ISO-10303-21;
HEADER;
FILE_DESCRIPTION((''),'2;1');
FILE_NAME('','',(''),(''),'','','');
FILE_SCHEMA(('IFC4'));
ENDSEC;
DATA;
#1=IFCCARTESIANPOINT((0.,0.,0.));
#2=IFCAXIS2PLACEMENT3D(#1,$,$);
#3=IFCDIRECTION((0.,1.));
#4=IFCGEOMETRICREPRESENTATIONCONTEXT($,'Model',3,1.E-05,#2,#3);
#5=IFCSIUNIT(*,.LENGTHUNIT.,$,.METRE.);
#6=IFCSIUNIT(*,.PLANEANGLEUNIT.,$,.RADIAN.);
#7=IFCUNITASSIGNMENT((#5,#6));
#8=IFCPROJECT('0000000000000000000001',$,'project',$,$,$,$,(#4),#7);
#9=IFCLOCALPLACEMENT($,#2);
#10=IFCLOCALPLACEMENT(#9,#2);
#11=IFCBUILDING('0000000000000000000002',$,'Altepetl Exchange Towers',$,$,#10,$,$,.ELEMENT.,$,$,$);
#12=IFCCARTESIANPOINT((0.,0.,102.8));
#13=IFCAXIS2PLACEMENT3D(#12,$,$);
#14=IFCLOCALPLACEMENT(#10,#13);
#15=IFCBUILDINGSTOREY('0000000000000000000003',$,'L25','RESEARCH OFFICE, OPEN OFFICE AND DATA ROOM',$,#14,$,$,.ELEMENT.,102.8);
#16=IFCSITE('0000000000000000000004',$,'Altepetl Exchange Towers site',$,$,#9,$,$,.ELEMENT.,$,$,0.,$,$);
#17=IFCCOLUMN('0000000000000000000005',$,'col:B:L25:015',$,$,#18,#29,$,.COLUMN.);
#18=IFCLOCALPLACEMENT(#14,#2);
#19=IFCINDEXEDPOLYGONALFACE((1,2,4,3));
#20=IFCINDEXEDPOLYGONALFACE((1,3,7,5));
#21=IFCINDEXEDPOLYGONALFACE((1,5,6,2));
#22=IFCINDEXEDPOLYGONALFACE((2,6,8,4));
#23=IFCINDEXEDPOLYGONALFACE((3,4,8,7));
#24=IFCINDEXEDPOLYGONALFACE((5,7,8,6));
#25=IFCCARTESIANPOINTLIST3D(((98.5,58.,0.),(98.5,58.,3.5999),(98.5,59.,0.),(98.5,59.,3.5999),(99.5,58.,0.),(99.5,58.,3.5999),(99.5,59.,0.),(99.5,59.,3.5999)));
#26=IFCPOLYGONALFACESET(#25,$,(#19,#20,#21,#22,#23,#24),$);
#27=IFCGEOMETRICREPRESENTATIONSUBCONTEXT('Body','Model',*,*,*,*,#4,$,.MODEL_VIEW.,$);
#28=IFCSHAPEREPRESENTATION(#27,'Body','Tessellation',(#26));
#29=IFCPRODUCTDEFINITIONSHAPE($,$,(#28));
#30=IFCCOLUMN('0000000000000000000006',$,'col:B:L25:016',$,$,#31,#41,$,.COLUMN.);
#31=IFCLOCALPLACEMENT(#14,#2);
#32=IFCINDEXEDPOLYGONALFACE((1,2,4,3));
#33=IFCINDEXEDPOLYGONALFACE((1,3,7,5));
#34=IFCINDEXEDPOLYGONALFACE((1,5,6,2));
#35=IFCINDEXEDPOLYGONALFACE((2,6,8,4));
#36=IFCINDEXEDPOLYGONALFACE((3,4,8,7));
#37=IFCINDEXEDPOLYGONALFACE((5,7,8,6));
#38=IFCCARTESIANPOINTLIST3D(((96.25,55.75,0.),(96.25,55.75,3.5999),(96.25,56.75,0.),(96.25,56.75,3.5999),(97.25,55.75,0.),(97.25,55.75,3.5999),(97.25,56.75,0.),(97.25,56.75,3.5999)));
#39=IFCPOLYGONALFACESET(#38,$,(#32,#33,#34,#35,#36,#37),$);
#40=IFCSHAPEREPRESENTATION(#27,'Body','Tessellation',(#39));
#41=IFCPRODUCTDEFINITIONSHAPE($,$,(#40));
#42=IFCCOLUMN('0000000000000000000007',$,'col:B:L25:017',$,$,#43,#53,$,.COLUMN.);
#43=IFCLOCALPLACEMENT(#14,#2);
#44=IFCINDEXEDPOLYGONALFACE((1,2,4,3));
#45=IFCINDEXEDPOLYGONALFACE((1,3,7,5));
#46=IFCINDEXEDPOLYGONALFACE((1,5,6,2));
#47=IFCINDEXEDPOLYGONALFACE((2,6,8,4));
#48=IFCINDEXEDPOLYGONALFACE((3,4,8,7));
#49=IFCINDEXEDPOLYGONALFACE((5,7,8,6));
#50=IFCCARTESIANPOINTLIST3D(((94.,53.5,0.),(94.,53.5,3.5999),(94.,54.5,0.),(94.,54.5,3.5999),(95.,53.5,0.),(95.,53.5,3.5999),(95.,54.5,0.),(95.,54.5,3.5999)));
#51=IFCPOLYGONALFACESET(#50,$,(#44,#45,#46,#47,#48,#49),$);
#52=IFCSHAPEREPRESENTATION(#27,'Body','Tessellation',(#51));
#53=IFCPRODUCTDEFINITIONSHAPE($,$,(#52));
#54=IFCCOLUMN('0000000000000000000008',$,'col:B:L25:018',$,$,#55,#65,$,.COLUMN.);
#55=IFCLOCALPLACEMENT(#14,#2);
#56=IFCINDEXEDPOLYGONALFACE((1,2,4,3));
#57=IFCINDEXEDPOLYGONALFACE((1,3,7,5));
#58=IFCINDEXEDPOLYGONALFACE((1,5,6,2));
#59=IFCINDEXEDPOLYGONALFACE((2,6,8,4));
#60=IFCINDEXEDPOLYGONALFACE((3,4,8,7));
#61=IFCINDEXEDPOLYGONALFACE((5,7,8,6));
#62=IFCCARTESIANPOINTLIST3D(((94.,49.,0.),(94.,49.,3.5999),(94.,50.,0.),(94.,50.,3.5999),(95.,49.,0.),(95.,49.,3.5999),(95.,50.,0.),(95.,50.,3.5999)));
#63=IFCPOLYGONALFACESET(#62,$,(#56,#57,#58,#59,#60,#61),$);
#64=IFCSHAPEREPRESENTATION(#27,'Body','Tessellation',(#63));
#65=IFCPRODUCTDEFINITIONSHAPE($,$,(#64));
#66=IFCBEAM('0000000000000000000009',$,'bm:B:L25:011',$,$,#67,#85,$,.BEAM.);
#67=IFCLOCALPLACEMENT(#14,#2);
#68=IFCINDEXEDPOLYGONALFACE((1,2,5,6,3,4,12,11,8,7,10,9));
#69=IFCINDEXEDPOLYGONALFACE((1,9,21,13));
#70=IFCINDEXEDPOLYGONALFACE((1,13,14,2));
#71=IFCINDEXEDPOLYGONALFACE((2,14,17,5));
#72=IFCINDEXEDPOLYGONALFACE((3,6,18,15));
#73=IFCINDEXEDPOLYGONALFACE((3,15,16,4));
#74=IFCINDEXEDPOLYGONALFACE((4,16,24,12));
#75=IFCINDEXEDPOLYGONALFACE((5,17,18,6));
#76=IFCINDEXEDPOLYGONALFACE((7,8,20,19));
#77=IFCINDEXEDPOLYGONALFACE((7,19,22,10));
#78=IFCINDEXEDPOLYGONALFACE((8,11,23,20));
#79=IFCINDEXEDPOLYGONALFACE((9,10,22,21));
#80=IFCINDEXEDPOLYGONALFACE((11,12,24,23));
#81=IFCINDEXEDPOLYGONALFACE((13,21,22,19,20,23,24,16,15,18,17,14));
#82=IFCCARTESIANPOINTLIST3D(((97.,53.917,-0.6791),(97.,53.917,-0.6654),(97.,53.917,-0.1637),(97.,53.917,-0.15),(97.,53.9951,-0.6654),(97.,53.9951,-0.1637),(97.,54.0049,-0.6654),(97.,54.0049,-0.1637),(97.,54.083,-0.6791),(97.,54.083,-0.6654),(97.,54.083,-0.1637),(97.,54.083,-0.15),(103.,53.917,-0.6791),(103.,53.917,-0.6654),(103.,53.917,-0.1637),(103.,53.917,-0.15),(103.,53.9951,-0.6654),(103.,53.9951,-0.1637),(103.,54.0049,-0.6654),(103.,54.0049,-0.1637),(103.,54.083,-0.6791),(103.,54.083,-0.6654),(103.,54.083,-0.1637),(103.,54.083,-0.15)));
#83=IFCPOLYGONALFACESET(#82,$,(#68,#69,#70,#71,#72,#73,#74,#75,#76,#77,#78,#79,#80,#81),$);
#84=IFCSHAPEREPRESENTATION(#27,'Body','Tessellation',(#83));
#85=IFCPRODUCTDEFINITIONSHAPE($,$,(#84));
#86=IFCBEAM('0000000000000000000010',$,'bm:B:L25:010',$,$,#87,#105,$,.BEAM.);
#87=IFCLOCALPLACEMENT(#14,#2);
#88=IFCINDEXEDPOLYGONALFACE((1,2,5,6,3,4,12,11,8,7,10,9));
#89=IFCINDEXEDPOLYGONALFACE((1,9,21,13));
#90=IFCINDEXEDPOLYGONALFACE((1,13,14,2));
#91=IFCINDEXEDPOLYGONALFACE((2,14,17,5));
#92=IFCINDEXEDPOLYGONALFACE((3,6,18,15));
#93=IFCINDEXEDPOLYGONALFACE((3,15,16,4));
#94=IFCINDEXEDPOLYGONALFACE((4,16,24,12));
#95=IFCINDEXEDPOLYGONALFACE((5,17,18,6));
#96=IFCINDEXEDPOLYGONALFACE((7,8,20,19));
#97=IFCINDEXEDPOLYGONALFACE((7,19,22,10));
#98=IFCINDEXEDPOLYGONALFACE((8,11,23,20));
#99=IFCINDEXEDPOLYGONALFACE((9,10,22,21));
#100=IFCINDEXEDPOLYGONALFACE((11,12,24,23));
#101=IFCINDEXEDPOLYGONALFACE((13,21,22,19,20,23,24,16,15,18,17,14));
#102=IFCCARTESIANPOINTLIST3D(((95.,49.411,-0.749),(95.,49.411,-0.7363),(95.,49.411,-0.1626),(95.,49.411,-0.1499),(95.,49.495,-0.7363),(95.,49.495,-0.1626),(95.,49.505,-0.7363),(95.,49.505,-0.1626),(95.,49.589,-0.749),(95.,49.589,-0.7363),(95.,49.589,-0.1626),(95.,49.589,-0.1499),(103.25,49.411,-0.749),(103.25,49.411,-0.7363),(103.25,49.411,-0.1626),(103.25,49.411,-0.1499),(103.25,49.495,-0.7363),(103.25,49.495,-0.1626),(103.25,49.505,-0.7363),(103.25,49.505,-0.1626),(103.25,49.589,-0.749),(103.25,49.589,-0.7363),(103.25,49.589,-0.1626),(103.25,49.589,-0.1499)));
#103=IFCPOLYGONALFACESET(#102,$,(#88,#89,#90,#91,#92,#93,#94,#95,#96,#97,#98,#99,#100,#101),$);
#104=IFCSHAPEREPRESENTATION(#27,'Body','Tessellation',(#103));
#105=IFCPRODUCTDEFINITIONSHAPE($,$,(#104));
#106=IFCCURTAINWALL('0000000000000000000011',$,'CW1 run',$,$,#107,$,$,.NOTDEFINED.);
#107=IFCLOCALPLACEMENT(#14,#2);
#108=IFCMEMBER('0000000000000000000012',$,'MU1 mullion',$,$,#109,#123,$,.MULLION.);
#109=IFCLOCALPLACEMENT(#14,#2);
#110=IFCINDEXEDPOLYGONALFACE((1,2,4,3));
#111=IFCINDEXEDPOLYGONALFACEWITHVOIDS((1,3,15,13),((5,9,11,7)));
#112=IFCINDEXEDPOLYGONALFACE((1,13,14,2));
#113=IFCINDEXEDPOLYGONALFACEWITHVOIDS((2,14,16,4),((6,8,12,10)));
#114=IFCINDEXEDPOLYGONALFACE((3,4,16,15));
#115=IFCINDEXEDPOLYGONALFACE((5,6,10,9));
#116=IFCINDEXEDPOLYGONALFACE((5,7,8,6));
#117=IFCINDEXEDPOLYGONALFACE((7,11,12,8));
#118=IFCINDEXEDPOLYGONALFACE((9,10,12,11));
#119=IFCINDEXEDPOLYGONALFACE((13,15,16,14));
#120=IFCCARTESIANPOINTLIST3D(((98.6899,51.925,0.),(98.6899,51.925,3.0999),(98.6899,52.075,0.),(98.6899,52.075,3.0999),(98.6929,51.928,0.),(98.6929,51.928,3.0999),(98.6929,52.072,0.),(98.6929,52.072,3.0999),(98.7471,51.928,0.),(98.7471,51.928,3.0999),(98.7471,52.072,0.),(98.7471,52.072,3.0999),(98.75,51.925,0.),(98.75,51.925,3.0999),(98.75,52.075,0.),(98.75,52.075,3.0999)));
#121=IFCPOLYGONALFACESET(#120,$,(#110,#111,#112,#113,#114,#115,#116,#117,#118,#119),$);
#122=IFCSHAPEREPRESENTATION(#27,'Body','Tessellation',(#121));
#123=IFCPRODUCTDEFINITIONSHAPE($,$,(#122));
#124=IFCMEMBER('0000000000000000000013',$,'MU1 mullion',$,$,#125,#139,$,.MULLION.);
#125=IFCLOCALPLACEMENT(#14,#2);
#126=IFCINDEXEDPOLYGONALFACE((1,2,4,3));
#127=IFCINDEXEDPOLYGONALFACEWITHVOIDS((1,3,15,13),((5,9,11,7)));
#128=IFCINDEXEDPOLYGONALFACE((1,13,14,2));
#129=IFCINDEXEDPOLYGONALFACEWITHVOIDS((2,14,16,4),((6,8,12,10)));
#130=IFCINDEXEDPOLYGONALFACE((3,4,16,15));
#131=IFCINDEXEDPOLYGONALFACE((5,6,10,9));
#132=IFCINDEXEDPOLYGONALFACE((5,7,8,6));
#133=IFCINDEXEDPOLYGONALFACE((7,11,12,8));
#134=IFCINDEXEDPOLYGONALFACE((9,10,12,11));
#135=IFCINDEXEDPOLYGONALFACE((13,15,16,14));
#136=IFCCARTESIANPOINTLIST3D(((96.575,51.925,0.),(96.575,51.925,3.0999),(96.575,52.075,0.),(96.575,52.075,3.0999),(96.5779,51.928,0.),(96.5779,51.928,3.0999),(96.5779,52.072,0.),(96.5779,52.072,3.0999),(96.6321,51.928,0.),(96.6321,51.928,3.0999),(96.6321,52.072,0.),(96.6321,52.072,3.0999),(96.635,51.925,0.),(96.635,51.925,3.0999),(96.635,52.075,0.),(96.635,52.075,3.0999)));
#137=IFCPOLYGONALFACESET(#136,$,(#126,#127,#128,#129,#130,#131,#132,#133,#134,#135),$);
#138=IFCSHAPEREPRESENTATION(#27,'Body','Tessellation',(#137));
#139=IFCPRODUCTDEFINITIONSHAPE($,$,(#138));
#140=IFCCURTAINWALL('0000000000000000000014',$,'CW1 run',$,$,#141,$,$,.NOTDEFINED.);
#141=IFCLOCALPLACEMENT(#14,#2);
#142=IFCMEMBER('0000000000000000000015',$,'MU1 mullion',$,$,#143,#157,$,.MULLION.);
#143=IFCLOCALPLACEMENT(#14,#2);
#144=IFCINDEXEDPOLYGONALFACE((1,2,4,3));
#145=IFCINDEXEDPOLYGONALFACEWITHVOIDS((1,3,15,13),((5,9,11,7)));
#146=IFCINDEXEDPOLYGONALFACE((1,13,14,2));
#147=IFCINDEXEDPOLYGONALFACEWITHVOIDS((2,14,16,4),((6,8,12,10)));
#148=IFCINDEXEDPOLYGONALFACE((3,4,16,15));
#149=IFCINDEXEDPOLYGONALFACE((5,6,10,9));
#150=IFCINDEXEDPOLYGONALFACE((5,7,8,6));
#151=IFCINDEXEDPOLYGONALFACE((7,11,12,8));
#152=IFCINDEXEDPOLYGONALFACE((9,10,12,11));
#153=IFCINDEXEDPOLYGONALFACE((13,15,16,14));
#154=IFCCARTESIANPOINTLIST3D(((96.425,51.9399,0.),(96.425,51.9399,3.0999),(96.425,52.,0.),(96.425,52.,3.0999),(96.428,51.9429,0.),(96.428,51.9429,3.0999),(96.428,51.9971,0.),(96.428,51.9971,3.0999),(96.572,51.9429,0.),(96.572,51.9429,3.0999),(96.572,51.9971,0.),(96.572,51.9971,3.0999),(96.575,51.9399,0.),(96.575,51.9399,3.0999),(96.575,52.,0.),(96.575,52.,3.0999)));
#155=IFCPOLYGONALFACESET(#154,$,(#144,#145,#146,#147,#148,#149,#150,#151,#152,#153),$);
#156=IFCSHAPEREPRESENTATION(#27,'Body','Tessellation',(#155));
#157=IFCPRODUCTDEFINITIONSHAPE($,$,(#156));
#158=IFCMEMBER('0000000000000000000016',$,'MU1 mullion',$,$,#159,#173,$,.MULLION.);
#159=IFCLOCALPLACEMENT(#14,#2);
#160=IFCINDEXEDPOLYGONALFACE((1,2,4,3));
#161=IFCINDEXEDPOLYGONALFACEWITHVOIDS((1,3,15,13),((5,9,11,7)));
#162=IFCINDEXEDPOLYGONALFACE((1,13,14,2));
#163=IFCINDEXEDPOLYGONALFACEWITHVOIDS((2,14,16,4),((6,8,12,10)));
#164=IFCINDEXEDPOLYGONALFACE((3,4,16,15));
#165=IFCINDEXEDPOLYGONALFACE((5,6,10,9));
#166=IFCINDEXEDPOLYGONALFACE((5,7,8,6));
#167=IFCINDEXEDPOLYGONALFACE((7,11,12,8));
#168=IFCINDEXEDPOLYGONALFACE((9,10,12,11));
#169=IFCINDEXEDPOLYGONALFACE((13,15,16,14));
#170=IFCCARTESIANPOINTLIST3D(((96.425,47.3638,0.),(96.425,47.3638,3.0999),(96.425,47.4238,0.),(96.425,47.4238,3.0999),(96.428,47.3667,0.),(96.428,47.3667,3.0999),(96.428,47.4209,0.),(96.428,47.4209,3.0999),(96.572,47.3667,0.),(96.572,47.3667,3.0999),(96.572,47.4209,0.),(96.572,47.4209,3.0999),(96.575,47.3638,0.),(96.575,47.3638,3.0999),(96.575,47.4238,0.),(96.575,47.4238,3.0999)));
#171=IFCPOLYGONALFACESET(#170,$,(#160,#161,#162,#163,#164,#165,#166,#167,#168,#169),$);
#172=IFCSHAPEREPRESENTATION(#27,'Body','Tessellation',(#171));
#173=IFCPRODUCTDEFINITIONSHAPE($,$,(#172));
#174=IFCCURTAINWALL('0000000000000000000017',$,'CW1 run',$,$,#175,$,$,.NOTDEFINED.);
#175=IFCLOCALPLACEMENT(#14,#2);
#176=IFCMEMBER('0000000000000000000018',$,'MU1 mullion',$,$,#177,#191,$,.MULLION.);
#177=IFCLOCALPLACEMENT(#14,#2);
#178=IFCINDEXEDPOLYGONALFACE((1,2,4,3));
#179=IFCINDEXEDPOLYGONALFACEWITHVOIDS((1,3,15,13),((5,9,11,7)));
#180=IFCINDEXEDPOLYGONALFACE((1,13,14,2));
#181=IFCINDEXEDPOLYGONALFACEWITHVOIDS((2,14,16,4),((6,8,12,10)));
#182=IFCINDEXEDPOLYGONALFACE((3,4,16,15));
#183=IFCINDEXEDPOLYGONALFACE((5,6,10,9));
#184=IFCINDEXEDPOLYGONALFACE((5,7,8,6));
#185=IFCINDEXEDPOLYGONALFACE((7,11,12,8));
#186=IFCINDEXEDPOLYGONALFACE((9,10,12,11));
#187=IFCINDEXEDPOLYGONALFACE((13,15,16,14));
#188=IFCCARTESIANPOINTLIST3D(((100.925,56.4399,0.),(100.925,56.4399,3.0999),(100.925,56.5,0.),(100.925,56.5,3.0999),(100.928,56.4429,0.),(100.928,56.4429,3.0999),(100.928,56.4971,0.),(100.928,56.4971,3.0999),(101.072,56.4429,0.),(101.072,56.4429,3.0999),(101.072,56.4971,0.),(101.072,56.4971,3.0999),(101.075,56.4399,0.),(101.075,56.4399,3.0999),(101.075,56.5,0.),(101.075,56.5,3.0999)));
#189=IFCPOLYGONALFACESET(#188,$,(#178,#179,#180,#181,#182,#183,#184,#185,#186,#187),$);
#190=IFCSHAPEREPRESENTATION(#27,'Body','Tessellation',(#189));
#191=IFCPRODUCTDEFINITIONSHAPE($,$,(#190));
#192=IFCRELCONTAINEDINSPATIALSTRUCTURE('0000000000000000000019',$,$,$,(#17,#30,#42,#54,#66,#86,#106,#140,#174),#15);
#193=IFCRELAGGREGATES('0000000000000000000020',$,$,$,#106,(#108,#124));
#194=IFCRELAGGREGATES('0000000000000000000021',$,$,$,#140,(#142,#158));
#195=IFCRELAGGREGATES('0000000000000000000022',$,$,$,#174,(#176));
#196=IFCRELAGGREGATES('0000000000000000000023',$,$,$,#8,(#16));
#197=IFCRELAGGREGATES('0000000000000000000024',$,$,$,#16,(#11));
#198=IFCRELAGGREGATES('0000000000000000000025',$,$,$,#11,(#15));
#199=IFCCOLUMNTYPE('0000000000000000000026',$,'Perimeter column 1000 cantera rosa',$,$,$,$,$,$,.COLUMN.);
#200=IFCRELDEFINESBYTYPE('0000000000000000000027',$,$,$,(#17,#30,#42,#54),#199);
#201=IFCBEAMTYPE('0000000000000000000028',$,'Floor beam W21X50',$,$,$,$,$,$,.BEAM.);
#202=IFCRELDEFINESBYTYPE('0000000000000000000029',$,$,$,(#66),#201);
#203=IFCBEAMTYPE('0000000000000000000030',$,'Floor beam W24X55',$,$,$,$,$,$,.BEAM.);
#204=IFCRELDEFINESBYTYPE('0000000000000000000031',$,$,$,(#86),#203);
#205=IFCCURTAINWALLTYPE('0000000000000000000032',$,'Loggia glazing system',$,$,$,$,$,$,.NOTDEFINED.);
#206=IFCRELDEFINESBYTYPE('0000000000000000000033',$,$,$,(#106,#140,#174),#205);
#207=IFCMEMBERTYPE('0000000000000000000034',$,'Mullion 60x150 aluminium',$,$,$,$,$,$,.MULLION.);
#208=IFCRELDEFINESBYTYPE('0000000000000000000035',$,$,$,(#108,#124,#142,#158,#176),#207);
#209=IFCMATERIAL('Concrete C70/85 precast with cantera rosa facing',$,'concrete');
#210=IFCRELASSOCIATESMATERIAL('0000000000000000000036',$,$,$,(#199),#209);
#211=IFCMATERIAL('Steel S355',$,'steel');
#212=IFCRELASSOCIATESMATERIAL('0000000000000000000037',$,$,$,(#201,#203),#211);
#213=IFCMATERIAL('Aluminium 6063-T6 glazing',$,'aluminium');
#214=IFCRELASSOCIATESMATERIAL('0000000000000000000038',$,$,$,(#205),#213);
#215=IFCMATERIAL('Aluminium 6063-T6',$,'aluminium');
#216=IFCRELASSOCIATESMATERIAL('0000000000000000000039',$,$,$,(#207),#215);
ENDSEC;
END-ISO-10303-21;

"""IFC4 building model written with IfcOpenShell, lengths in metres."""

from ifc_helpers import new_model, si_unit, direction, frame, origin, origin_2d, place, context, subcontext, project, spatial, rectangle, hollow_rectangle, i_section, extrude, material, material_profile, profile_set, type_object, element, aggregate, save


model = new_model("IFC4")

# Units and contexts
model_context = context("Model", 3, precision=1e-05, world=origin(), true_north=direction((0.0, 1.0)))
body_context = subcontext(model_context, "Body", "Model", "MODEL_VIEW")
ifc_project = project(units=[si_unit("LENGTHUNIT", "METRE"), si_unit("PLANEANGLEUNIT", "RADIAN")], contexts=[model_context])

# Site, building, storey
site_placement = place(None, origin())
site = spatial("IfcSite", under=ifc_project, at=site_placement, Name="Altepetl Exchange Towers site", CompositionType="ELEMENT", RefElevation=0.0)
building_placement = place(site_placement, origin())
building = spatial("IfcBuilding", under=site, at=building_placement, Name="Altepetl Exchange Towers", CompositionType="ELEMENT")
storey_placement = place(building_placement, frame((0.0, 0.0, 102.8)))
storey = spatial("IfcBuildingStorey", under=building, at=storey_placement, Name="L25", Description="RESEARCH OFFICE, OPEN OFFICE AND DATA ROOM", CompositionType="ELEMENT", Elevation=102.8)

# Columns
ifc_material_1 = material(Name="Concrete C70/85 precast with cantera rosa facing", Category="concrete")
ifc_material_profile_1 = material_profile(ifc_material_1, rectangle(XDim=1.0, YDim=1.0, at=origin_2d()), Name="1000 x 1000")
ifc_profile_set_1 = profile_set([ifc_material_profile_1], Name="Concrete C70/85 precast with cantera rosa facing")
column_type = type_object("IfcColumnType", Name="Perimeter column 1000 cantera rosa", PredefinedType="COLUMN", material=ifc_profile_set_1)
for number, where, name in (
    (1, (99.0, 58.5, 0.0), "col:B:L25:015"),
    (2, (96.75, 56.25, 0.0), "col:B:L25:016"),
    (3, (94.5, 54.0, 0.0), "col:B:L25:017"),
    (4, (94.5, 49.5, 0.0), "col:B:L25:018"),
):
    element("IfcColumn", number, at=place(storey_placement, frame(where)), inside=storey, type_object=column_type, Name=name, PredefinedType="COLUMN", context=body_context, shape_type="SweptSolid", body=[
        extrude(rectangle(XDim=1.0, YDim=1.0, at=origin_2d()), origin(), (0.0, 0.0, 1.0), 3.5999),
    ])

# Beams
ifc_material_2 = material(Name="Steel S355", Category="steel")
ifc_material_profile_2 = material_profile(ifc_material_2, i_section(OverallWidth=0.166, OverallDepth=0.5291, WebThickness=0.0098, FlangeThickness=0.0137, at=origin_2d()), Name="W21X50")
ifc_profile_set_2 = profile_set([ifc_material_profile_2], Name="Steel S355")
beam_type_1 = type_object("IfcBeamType", Name="Floor beam W21X50", PredefinedType="BEAM", material=ifc_profile_set_2)
beam_1_placement = place(storey_placement, frame((97.0, 54.0, -0.4146), z_axis=(1.0, 0.0, 0.0), x_axis=(0.0, 1.0, 0.0)))
element("IfcBeam", 5, at=beam_1_placement, inside=storey, type_object=beam_type_1, Name="bm:B:L25:011", PredefinedType="BEAM", context=body_context, shape_type="SweptSolid", body=[
    extrude(i_section(OverallWidth=0.166, OverallDepth=0.5291, WebThickness=0.0098, FlangeThickness=0.0137, at=origin_2d()), origin(), (0.0, 0.0, 1.0), 6.0),
])
ifc_material_profile_3 = material_profile(ifc_material_2, i_section(OverallWidth=0.178, OverallDepth=0.5991, WebThickness=0.01, FlangeThickness=0.0127, at=origin_2d()), Name="W24X55")
ifc_profile_set_3 = profile_set([ifc_material_profile_3], Name="Steel S355")
beam_type_2 = type_object("IfcBeamType", Name="Floor beam W24X55", PredefinedType="BEAM", material=ifc_profile_set_3)
beam_2_placement = place(storey_placement, frame((95.0, 49.5, -0.4495), z_axis=(1.0, 0.0, 0.0), x_axis=(0.0, 1.0, 0.0)))
element("IfcBeam", 6, at=beam_2_placement, inside=storey, type_object=beam_type_2, Name="bm:B:L25:010", PredefinedType="BEAM", context=body_context, shape_type="SweptSolid", body=[
    extrude(i_section(OverallWidth=0.178, OverallDepth=0.5991, WebThickness=0.01, FlangeThickness=0.0127, at=origin_2d()), origin(), (0.0, 0.0, 1.0), 8.25),
])

# Curtain walls, members
ifc_material_3 = material(Name="Aluminium 6063-T6 glazing", Category="aluminium")
curtain_wall_type = type_object("IfcCurtainWallType", Name="Loggia glazing system", PredefinedType="NOTDEFINED", material=ifc_material_3)
curtain_wall_1_placement = place(storey_placement, origin())
curtain_wall_1 = element("IfcCurtainWall", 7, at=curtain_wall_1_placement, inside=storey, type_object=curtain_wall_type, Name="CW1 run", PredefinedType="NOTDEFINED")
ifc_material_4 = material(Name="Aluminium 6063-T6", Category="aluminium")
ifc_material_profile_4 = material_profile(ifc_material_4, hollow_rectangle(XDim=0.0601, YDim=0.1499, WallThickness=0.0029, at=origin_2d()), Name="Mullion 60x150 aluminium")
ifc_profile_set_4 = profile_set([ifc_material_profile_4], Name="Aluminium 6063-T6")
member_type = type_object("IfcMemberType", Name="Mullion 60x150 aluminium", PredefinedType="MULLION", material=ifc_profile_set_4)
member_1_placement = place(storey_placement, frame((98.72, 52.0, 0.0), z_axis=(0.0, 0.0, 1.0), x_axis=(-1.0, 0.0, 0.0)))
member_1 = element("IfcMember", 8, at=member_1_placement, type_object=member_type, Name="MU1 mullion", PredefinedType="MULLION", context=body_context, shape_type="SweptSolid", body=[
    extrude(hollow_rectangle(XDim=0.0601, YDim=0.1499, WallThickness=0.0029, at=origin_2d()), origin(), (0.0, 0.0, 1.0), 3.0999),
])
member_2_placement = place(storey_placement, frame((96.605, 52.0, 0.0), z_axis=(0.0, 0.0, 1.0), x_axis=(-1.0, 0.0, 0.0)))
member_2 = element("IfcMember", 9, at=member_2_placement, type_object=member_type, Name="MU1 mullion", PredefinedType="MULLION", context=body_context, shape_type="SweptSolid", body=[
    extrude(hollow_rectangle(XDim=0.0601, YDim=0.1499, WallThickness=0.0029, at=origin_2d()), origin(), (0.0, 0.0, 1.0), 3.0999),
])
curtain_wall_2_placement = place(storey_placement, origin())
curtain_wall_2 = element("IfcCurtainWall", 10, at=curtain_wall_2_placement, inside=storey, type_object=curtain_wall_type, Name="CW1 run", PredefinedType="NOTDEFINED")
member_3_placement = place(storey_placement, frame((96.5, 51.97, 0.0), z_axis=(0.0, 0.0, 1.0), x_axis=(0.0, -1.0, 0.0)))
member_3 = element("IfcMember", 11, at=member_3_placement, type_object=member_type, Name="MU1 mullion", PredefinedType="MULLION", context=body_context, shape_type="SweptSolid", body=[
    extrude(hollow_rectangle(XDim=0.0601, YDim=0.1499, WallThickness=0.0029, at=origin_2d()), origin(), (0.0, 0.0, 1.0), 3.0999),
])
member_4_placement = place(storey_placement, frame((96.5, 47.3938, 0.0), z_axis=(0.0, 0.0, 1.0), x_axis=(0.0, -1.0, 0.0)))
member_4 = element("IfcMember", 12, at=member_4_placement, type_object=member_type, Name="MU1 mullion", PredefinedType="MULLION", context=body_context, shape_type="SweptSolid", body=[
    extrude(hollow_rectangle(XDim=0.0601, YDim=0.1499, WallThickness=0.0029, at=origin_2d()), origin(), (0.0, 0.0, 1.0), 3.0999),
])
curtain_wall_3_placement = place(storey_placement, origin())
curtain_wall_3 = element("IfcCurtainWall", 13, at=curtain_wall_3_placement, inside=storey, type_object=curtain_wall_type, Name="CW1 run", PredefinedType="NOTDEFINED")
member_5_placement = place(storey_placement, frame((101.0, 56.47, 0.0), z_axis=(0.0, 0.0, 1.0), x_axis=(0.0, -1.0, 0.0)))
member_5 = element("IfcMember", 14, at=member_5_placement, type_object=member_type, Name="MU1 mullion", PredefinedType="MULLION", context=body_context, shape_type="SweptSolid", body=[
    extrude(hollow_rectangle(XDim=0.0601, YDim=0.1499, WallThickness=0.0029, at=origin_2d()), origin(), (0.0, 0.0, 1.0), 3.0999),
])

aggregate(curtain_wall_1, [member_1, member_2])
aggregate(curtain_wall_2, [member_3, member_4])
aggregate(curtain_wall_3, [member_5])

save(model, "model.ifc")
